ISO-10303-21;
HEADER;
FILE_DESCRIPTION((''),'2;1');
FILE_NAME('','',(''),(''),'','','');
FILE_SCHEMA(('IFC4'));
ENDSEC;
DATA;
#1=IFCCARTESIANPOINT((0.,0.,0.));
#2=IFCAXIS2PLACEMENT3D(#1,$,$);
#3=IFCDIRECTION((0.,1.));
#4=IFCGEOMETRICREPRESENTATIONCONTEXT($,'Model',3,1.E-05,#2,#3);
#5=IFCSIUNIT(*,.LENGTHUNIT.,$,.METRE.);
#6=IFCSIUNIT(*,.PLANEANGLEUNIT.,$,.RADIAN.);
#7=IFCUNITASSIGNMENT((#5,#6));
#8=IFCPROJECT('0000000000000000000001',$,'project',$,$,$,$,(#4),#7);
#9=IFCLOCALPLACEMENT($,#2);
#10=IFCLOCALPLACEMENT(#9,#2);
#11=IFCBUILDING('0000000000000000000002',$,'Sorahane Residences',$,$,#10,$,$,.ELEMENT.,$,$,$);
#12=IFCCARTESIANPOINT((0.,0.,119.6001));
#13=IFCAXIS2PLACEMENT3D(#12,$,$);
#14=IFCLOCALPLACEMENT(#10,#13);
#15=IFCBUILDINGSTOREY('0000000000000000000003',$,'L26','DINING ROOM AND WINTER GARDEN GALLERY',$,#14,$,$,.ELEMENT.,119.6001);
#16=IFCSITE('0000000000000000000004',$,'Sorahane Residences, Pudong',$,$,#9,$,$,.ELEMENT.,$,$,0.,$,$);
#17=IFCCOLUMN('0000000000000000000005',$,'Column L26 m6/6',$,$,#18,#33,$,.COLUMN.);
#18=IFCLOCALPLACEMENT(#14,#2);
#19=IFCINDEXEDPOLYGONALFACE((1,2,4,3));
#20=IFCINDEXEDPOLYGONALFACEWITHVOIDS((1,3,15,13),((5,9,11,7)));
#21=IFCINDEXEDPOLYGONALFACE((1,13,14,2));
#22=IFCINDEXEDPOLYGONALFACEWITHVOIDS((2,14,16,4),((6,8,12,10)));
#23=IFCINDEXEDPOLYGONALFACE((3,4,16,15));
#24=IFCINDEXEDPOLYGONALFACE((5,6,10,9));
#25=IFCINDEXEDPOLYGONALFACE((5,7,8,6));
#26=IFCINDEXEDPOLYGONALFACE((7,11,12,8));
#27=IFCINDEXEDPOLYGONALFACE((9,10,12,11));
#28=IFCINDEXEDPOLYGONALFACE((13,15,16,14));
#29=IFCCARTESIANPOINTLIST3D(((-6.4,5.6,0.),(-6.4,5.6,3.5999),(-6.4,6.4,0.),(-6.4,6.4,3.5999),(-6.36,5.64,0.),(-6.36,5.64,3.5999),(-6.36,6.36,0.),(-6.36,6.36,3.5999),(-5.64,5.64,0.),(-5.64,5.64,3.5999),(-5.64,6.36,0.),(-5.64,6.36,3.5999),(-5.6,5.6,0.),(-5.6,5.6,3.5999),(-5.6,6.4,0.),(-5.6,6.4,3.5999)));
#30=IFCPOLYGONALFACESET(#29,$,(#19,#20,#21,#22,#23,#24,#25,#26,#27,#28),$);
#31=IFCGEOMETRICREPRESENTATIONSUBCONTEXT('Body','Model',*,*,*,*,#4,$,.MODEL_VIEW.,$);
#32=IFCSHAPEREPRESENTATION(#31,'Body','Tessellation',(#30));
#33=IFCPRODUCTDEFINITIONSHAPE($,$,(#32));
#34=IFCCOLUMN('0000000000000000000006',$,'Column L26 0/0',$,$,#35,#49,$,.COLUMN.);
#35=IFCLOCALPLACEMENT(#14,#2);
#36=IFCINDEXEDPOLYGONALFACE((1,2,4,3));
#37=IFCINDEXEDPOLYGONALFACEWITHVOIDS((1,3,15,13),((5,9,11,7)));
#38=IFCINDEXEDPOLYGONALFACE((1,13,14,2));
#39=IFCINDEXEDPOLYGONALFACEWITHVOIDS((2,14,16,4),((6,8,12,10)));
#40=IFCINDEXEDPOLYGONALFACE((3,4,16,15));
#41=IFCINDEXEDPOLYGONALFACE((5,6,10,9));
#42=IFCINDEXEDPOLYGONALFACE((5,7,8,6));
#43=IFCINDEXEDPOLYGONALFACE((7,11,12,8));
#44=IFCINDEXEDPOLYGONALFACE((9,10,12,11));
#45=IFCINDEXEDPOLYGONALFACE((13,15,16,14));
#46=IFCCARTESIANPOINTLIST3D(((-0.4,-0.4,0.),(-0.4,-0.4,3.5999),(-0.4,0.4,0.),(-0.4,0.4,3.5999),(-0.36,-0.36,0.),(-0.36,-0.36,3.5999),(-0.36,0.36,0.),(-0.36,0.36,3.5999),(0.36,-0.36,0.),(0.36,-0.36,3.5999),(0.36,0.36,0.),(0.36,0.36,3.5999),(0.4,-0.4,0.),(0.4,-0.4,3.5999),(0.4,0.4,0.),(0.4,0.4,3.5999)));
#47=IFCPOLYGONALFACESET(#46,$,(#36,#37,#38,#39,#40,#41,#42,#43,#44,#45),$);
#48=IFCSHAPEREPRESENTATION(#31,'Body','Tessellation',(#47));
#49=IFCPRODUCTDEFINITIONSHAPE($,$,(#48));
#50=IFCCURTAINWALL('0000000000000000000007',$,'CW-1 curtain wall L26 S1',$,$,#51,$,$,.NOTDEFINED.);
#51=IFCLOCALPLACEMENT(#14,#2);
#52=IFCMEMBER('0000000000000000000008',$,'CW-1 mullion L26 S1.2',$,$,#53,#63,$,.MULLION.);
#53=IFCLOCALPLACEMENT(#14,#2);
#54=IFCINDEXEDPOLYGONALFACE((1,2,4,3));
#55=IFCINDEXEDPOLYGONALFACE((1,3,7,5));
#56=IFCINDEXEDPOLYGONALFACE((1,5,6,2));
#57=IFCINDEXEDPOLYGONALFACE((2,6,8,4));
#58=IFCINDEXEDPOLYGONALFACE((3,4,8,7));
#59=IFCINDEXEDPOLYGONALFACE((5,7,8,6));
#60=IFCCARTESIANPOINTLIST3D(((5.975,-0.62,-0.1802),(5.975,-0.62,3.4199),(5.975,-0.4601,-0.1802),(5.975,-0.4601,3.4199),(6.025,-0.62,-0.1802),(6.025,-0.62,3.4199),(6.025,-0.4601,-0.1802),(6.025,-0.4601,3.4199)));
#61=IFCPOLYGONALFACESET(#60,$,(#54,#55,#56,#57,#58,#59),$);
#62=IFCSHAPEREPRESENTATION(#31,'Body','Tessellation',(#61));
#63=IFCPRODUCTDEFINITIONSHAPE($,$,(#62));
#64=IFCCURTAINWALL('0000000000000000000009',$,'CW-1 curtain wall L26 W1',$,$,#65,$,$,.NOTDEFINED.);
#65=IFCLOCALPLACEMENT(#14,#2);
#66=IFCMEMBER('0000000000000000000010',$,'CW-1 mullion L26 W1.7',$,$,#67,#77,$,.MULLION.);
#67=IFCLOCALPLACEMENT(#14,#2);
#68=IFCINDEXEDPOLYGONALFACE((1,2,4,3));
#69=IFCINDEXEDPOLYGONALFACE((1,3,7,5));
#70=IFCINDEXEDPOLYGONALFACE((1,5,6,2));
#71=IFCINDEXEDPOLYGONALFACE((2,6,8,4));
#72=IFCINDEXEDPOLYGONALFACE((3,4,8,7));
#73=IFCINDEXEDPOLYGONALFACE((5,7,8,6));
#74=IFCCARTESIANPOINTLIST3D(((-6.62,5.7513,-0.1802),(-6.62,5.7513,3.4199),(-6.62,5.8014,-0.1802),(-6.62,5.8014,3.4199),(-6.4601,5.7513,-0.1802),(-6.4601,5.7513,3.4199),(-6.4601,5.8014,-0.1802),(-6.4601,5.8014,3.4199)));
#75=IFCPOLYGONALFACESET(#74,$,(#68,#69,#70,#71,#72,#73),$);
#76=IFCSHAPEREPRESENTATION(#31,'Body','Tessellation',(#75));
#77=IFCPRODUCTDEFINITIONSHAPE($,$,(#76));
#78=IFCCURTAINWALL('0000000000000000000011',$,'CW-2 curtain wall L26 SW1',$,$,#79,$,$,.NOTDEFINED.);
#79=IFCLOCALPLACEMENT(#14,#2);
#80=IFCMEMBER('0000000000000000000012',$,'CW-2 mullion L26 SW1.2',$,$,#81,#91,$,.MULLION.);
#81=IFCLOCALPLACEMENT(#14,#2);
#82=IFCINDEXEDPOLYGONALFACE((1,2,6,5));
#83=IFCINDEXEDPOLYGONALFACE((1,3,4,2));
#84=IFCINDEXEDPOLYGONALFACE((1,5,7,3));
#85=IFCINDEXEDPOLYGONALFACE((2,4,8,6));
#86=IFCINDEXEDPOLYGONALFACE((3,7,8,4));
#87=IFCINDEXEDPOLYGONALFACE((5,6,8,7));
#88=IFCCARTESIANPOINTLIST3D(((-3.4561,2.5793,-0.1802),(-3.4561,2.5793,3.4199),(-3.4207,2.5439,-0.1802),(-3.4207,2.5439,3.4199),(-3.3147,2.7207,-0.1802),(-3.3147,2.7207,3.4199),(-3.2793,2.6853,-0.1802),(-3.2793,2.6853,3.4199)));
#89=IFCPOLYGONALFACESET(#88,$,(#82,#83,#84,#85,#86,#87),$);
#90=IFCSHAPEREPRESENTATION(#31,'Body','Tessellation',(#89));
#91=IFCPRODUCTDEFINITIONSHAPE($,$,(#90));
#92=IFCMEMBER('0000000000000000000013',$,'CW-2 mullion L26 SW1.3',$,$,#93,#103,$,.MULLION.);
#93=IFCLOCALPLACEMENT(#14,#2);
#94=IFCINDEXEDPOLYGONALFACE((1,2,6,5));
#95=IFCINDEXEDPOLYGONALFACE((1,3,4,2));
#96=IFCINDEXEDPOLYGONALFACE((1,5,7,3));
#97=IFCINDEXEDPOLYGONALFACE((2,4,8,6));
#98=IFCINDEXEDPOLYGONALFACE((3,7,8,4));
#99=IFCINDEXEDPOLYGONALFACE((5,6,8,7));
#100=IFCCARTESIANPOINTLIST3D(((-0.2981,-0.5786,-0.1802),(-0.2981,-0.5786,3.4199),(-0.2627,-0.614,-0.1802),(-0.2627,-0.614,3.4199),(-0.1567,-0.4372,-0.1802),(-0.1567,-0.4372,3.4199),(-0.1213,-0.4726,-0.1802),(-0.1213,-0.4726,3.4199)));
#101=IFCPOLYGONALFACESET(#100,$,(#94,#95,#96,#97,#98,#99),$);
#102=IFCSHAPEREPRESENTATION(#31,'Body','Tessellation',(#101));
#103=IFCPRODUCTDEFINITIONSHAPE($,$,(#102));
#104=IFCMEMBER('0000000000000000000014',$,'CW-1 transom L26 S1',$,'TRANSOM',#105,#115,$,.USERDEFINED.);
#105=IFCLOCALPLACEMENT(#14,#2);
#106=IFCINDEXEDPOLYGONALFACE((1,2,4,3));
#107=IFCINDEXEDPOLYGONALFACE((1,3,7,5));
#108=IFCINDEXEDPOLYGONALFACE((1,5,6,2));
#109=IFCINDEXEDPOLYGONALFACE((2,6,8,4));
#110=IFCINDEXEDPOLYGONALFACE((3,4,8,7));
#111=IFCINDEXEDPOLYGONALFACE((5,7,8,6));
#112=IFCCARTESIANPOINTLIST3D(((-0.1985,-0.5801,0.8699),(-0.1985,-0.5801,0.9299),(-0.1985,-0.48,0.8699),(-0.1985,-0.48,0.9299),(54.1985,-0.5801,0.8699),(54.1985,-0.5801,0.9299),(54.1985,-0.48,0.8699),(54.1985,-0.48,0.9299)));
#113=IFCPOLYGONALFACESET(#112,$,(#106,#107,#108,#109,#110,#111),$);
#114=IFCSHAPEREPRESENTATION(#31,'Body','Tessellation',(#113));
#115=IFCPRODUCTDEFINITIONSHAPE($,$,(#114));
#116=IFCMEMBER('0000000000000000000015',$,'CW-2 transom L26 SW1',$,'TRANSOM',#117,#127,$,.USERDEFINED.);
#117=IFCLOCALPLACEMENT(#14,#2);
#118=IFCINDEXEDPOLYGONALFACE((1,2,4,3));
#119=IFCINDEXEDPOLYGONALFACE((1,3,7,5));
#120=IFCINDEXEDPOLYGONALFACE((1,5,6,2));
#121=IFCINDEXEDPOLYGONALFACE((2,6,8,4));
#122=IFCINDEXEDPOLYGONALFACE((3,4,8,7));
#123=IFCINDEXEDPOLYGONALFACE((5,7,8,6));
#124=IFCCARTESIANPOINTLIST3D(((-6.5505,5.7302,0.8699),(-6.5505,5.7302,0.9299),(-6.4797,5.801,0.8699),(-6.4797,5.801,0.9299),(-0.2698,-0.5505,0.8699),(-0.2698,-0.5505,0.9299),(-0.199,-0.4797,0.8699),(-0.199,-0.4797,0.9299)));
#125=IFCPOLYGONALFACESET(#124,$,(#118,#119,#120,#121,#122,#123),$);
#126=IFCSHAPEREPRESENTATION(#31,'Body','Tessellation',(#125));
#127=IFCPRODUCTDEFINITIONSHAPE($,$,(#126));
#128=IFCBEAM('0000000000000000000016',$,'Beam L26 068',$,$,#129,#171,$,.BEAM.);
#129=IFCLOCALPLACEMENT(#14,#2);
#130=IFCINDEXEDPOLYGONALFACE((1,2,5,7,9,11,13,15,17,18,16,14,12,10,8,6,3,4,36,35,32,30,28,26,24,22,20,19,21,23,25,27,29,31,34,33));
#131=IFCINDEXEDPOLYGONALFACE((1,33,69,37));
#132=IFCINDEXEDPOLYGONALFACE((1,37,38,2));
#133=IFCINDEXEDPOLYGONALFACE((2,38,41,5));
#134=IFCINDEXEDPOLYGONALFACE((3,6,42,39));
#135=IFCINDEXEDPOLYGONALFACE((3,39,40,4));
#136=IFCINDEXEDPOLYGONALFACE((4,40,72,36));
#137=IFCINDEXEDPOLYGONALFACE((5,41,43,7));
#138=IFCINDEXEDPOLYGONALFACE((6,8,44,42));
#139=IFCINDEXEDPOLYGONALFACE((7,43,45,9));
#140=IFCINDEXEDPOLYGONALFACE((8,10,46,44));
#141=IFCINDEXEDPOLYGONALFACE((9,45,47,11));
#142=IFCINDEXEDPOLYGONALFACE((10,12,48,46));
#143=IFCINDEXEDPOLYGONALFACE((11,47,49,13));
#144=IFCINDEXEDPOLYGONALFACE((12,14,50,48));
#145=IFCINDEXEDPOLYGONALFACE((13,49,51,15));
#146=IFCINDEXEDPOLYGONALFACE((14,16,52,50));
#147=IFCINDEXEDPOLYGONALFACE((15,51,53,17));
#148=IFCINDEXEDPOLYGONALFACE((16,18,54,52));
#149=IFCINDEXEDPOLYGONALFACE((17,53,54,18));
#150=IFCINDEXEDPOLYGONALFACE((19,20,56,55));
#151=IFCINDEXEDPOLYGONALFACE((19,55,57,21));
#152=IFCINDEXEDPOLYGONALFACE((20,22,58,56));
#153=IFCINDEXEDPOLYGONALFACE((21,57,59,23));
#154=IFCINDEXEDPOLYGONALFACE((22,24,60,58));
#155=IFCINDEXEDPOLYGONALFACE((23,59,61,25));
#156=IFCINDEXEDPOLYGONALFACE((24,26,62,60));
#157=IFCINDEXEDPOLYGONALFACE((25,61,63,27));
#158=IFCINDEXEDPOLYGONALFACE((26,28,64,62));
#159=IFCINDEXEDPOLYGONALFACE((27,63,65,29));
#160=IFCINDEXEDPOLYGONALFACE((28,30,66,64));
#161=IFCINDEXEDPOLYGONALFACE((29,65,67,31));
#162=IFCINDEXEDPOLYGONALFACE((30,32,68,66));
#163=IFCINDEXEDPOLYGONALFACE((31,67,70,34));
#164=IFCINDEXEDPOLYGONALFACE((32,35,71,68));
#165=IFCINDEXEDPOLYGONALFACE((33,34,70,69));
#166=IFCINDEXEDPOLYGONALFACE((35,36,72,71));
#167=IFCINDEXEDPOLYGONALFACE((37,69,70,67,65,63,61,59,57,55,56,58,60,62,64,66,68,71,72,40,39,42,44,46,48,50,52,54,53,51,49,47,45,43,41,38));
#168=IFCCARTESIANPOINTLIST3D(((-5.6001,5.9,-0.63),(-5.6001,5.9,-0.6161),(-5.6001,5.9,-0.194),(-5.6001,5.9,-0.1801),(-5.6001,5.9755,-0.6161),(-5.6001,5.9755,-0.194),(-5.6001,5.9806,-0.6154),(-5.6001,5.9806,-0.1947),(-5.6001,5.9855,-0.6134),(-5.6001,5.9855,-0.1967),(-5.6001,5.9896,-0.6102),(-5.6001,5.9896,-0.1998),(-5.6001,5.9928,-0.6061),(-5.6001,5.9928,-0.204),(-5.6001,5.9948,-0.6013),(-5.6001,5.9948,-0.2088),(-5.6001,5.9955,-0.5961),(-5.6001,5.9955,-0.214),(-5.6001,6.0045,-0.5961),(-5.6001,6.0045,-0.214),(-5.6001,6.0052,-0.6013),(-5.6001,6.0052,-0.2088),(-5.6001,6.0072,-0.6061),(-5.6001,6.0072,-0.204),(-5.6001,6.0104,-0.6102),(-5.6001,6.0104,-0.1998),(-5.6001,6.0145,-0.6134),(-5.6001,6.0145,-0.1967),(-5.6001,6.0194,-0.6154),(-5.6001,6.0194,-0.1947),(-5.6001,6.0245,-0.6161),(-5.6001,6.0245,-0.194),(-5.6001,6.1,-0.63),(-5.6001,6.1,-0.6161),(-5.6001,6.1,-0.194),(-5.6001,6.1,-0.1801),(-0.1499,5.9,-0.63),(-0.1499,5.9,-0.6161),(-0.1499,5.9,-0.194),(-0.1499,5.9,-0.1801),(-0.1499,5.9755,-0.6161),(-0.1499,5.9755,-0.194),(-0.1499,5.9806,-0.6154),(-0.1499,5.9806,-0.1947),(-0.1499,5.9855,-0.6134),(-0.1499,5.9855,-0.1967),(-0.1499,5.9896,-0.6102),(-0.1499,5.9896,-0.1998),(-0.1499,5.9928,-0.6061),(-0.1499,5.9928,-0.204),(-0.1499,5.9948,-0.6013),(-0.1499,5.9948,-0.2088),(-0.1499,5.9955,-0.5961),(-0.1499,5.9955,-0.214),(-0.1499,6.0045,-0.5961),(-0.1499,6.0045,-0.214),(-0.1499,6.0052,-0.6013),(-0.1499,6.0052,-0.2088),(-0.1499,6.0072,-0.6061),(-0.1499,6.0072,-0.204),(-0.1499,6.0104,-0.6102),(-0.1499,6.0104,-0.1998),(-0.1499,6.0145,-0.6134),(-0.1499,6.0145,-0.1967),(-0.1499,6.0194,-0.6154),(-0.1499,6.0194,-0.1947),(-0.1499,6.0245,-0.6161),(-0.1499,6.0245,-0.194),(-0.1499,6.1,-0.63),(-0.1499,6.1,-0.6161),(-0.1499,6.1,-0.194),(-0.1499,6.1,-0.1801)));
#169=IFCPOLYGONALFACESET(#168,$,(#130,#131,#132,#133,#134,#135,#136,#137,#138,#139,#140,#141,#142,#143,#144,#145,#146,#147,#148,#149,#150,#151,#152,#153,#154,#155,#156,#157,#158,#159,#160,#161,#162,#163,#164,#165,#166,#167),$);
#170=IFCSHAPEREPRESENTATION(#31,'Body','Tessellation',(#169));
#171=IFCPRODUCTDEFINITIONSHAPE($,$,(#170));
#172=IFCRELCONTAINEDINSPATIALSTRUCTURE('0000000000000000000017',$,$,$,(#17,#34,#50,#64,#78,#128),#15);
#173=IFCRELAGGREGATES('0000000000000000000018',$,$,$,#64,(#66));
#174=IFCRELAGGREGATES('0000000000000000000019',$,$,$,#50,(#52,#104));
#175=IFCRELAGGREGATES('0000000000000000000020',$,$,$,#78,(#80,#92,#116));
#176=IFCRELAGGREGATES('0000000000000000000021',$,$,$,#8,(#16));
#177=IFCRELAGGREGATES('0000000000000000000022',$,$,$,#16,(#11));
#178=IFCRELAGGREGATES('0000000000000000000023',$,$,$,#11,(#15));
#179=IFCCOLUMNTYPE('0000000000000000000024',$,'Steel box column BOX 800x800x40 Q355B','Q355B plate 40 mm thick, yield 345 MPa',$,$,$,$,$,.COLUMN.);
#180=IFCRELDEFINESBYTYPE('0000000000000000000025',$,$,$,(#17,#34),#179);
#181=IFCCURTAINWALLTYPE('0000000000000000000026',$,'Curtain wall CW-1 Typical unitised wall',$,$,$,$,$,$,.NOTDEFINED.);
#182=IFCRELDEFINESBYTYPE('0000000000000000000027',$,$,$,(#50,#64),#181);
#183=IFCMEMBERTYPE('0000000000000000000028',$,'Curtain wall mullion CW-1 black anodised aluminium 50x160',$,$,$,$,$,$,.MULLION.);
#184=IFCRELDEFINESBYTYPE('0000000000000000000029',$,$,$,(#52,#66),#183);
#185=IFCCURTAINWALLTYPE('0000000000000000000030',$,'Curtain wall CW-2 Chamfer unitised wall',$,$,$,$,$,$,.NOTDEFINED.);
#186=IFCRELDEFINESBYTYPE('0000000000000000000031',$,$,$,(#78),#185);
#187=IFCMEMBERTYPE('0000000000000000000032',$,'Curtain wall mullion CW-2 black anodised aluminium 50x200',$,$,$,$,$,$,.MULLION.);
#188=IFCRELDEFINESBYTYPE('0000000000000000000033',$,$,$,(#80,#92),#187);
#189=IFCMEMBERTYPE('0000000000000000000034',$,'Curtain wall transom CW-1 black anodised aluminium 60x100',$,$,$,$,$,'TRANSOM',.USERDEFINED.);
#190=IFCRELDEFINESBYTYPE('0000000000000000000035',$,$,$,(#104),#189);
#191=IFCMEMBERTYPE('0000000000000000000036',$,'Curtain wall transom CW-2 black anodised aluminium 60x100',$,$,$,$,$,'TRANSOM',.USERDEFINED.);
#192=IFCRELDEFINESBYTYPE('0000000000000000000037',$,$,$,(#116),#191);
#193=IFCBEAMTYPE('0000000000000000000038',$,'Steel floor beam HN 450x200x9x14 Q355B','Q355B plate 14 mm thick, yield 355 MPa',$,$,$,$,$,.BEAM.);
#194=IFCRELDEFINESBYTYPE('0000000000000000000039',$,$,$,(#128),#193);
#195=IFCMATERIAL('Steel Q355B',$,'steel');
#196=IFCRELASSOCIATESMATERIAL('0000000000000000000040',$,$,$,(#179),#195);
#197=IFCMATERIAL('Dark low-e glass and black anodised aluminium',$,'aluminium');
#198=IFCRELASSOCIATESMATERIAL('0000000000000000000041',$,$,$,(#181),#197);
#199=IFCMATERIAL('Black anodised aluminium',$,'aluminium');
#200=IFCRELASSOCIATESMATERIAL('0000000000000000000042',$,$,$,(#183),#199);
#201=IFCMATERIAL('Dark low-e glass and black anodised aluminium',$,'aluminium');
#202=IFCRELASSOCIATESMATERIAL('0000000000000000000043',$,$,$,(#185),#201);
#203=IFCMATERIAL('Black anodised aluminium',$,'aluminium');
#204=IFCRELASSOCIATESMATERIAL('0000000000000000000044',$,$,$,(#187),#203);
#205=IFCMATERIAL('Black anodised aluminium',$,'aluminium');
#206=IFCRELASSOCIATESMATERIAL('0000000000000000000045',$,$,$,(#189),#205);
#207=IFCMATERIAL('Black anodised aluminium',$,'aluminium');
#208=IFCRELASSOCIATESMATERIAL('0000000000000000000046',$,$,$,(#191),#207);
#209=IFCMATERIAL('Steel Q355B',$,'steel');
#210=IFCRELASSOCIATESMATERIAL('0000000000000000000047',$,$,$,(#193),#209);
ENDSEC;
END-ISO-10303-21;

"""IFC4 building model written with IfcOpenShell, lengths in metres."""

from ifc_helpers import new_model, si_unit, direction, frame, origin, origin_2d, place, context, subcontext, project, spatial, rectangle, hollow_rectangle, i_section, extrude, material, material_profile, profile_set, type_object, element, aggregate, save


model = new_model("IFC4")

# Units and contexts
model_context = context("Model", 3, precision=1e-05, world=origin(), true_north=direction((0.0, 1.0)))
body_context = subcontext(model_context, "Body", "Model", "MODEL_VIEW")
ifc_project = project(units=[si_unit("LENGTHUNIT", "METRE"), si_unit("PLANEANGLEUNIT", "RADIAN")], contexts=[model_context])

# Site, building, storey
site_placement = place(None, origin())
site = spatial("IfcSite", under=ifc_project, at=site_placement, Name="Sorahane Residences, Pudong", CompositionType="ELEMENT", RefElevation=0.0)
building_placement = place(site_placement, origin())
building = spatial("IfcBuilding", under=site, at=building_placement, Name="Sorahane Residences", CompositionType="ELEMENT")
storey_placement = place(building_placement, frame((0.0, 0.0, 119.6001)))
storey = spatial("IfcBuildingStorey", under=building, at=storey_placement, Name="L26", Description="DINING ROOM AND WINTER GARDEN GALLERY", CompositionType="ELEMENT", Elevation=119.6001)

# Columns
ifc_material_1 = material(Name="Steel Q355B", Category="steel")
ifc_material_profile_1 = material_profile(ifc_material_1, hollow_rectangle(XDim=0.8, YDim=0.8, WallThickness=0.04, at=origin_2d()), Name="BOX 800x800x40")
ifc_profile_set_1 = profile_set([ifc_material_profile_1], Name="Steel Q355B")
column_type = type_object("IfcColumnType", Name="Steel box column BOX 800x800x40 Q355B", Description="Q355B plate 40 mm thick, yield 345 MPa", PredefinedType="COLUMN", material=ifc_profile_set_1)
for number, where, z_axis, x_axis, name in (
    (1, (-6.0, 6.0, 0.0), (0.0, 0.0, 1.0), (1.0, 0.0, 0.0), "Column L26 m6/6"),
    (2, (0.0, 0.0, 0.0), (0.0, 0.0, 1.0), (1.0, 0.0, 0.0), "Column L26 0/0"),
):
    element("IfcColumn", number, at=place(storey_placement, frame(where, z_axis=z_axis, x_axis=x_axis)), inside=storey, type_object=column_type, Name=name, PredefinedType="COLUMN", context=body_context, shape_type="SweptSolid", body=[
        extrude(hollow_rectangle(XDim=0.8, YDim=0.8, WallThickness=0.04, at=origin_2d()), origin(), (0.0, 0.0, 1.0), 3.5999),
    ])

# Curtain walls, members
ifc_material_2 = material(Name="Dark low-e glass and black anodised aluminium", Category="aluminium")
curtain_wall_type_1 = type_object("IfcCurtainWallType", Name="Curtain wall CW-1 Typical unitised wall", PredefinedType="NOTDEFINED", material=ifc_material_2)
curtain_wall_1_placement = place(storey_placement, origin())
curtain_wall_1 = element("IfcCurtainWall", 3, at=curtain_wall_1_placement, inside=storey, type_object=curtain_wall_type_1, Name="CW-1 curtain wall L26 S1", PredefinedType="NOTDEFINED")
ifc_material_3 = material(Name="Black anodised aluminium", Category="aluminium")
ifc_material_profile_2 = material_profile(ifc_material_3, rectangle(XDim=0.1599, YDim=0.05, at=origin_2d()), Name="Curtain wall mullion CW-1 black anodised aluminium 50x160")
ifc_profile_set_2 = profile_set([ifc_material_profile_2], Name="Black anodised aluminium")
member_type_1 = type_object("IfcMemberType", Name="Curtain wall mullion CW-1 black anodised aluminium 50x160", PredefinedType="MULLION", material=ifc_profile_set_2)
member_1_placement = place(storey_placement, frame((6.0, -0.54, -0.1802), z_axis=(0.0, 0.0, 1.0), x_axis=(0.0, -1.0, 0.0)))
member_1 = element("IfcMember", 4, at=member_1_placement, type_object=member_type_1, Name="CW-1 mullion L26 S1.2", PredefinedType="MULLION", context=body_context, shape_type="SweptSolid", body=[
    extrude(rectangle(XDim=0.1599, YDim=0.05, at=origin_2d()), origin(), (0.0, 0.0, 1.0), 3.6001),
])
curtain_wall_2_placement = place(storey_placement, origin())
curtain_wall_2 = element("IfcCurtainWall", 5, at=curtain_wall_2_placement, inside=storey, type_object=curtain_wall_type_1, Name="CW-1 curtain wall L26 W1", PredefinedType="NOTDEFINED")
member_2_placement = place(storey_placement, frame((-6.54, 5.7764, -0.1802), z_axis=(0.0, 0.0, 1.0), x_axis=(-1.0, 0.0, 0.0)))
member_2 = element("IfcMember", 6, at=member_2_placement, type_object=member_type_1, Name="CW-1 mullion L26 W1.7", PredefinedType="MULLION", context=body_context, shape_type="SweptSolid", body=[
    extrude(rectangle(XDim=0.1599, YDim=0.05, at=origin_2d()), origin(), (0.0, 0.0, 1.0), 3.6001),
])
aggregate(curtain_wall_2, [member_2])

# Curtain wall, members
ifc_material_4 = material(Name="Dark low-e glass and black anodised aluminium", Category="aluminium")
curtain_wall_type_2 = type_object("IfcCurtainWallType", Name="Curtain wall CW-2 Chamfer unitised wall", PredefinedType="NOTDEFINED", material=ifc_material_4)
curtain_wall_3_placement = place(storey_placement, origin())
curtain_wall_3 = element("IfcCurtainWall", 7, at=curtain_wall_3_placement, inside=storey, type_object=curtain_wall_type_2, Name="CW-2 curtain wall L26 SW1", PredefinedType="NOTDEFINED")
ifc_material_5 = material(Name="Black anodised aluminium", Category="aluminium")
ifc_material_profile_3 = material_profile(ifc_material_5, rectangle(XDim=0.2, YDim=0.05, at=origin_2d()), Name="Curtain wall mullion CW-2 black anodised aluminium 50x200")
ifc_profile_set_3 = profile_set([ifc_material_profile_3], Name="Black anodised aluminium")
member_type_2 = type_object("IfcMemberType", Name="Curtain wall mullion CW-2 black anodised aluminium 50x200", PredefinedType="MULLION", material=ifc_profile_set_3)
member_3_placement = place(storey_placement, frame((-3.3677, 2.6323, -0.1802), z_axis=(0.0, 0.0, 1.0), x_axis=(-0.707107, -0.707107, 0.0)))
member_3 = element("IfcMember", 8, at=member_3_placement, type_object=member_type_2, Name="CW-2 mullion L26 SW1.2", PredefinedType="MULLION", context=body_context, shape_type="SweptSolid", body=[
    extrude(rectangle(XDim=0.2, YDim=0.05, at=origin_2d()), origin(), (0.0, 0.0, 1.0), 3.6001),
])
member_4_placement = place(storey_placement, frame((-0.2097, -0.5256, -0.1802), z_axis=(0.0, 0.0, 1.0), x_axis=(-0.707107, -0.707107, 0.0)))
member_4 = element("IfcMember", 9, at=member_4_placement, type_object=member_type_2, Name="CW-2 mullion L26 SW1.3", PredefinedType="MULLION", context=body_context, shape_type="SweptSolid", body=[
    extrude(rectangle(XDim=0.2, YDim=0.05, at=origin_2d()), origin(), (0.0, 0.0, 1.0), 3.6001),
])

# Members
ifc_material_6 = material(Name="Black anodised aluminium", Category="aluminium")
ifc_material_profile_4 = material_profile(ifc_material_6, rectangle(XDim=0.1001, YDim=0.0601, at=origin_2d()), Name="Curtain wall transom CW-1 black anodised aluminium 60x100")
ifc_profile_set_4 = profile_set([ifc_material_profile_4], Name="Black anodised aluminium")
member_type_3 = type_object("IfcMemberType", Name="Curtain wall transom CW-1 black anodised aluminium 60x100", ElementType="TRANSOM", PredefinedType="USERDEFINED", material=ifc_profile_set_4)
member_5_placement = place(storey_placement, frame((-0.1985, -0.53, 0.8999), z_axis=(1.0, 0.0, 0.0), x_axis=(0.0, 1.0, 0.0)))
member_5 = element("IfcMember", 10, at=member_5_placement, type_object=member_type_3, Name="CW-1 transom L26 S1", ObjectType="TRANSOM", PredefinedType="USERDEFINED", context=body_context, shape_type="SweptSolid", body=[
    extrude(rectangle(XDim=0.1001, YDim=0.0601, at=origin_2d()), origin(), (0.0, 0.0, 1.0), 54.397),
])
ifc_material_7 = material(Name="Black anodised aluminium", Category="aluminium")
ifc_material_profile_5 = material_profile(ifc_material_7, rectangle(XDim=0.1001, YDim=0.0601, at=origin_2d()), Name="Curtain wall transom CW-2 black anodised aluminium 60x100")
ifc_profile_set_5 = profile_set([ifc_material_profile_5], Name="Black anodised aluminium")
member_type_4 = type_object("IfcMemberType", Name="Curtain wall transom CW-2 black anodised aluminium 60x100", ElementType="TRANSOM", PredefinedType="USERDEFINED", material=ifc_profile_set_5)
member_6_placement = place(storey_placement, frame((-6.5151, 5.7656, 0.8999), z_axis=(0.707107, -0.707107, 0.0), x_axis=(0.707107, 0.707107, 0.0)))
member_6 = element("IfcMember", 11, at=member_6_placement, type_object=member_type_4, Name="CW-2 transom L26 SW1", ObjectType="TRANSOM", PredefinedType="USERDEFINED", context=body_context, shape_type="SweptSolid", body=[
    extrude(rectangle(XDim=0.1001, YDim=0.0601, at=origin_2d()), origin(), (0.0, 0.0, 1.0), 8.8823),
])

# Beam
ifc_material_8 = material(Name="Steel Q355B", Category="steel")
ifc_material_profile_6 = material_profile(ifc_material_8, i_section(OverallWidth=0.2, OverallDepth=0.45, WebThickness=0.009, FlangeThickness=0.0139, FilletRadius=0.02, at=origin_2d()), Name="HN 450x200x9x14")
ifc_profile_set_6 = profile_set([ifc_material_profile_6], Name="Steel Q355B")
beam_type_1 = type_object("IfcBeamType", Name="Steel floor beam HN 450x200x9x14 Q355B", Description="Q355B plate 14 mm thick, yield 355 MPa", PredefinedType="BEAM", material=ifc_profile_set_6)
beam_1_placement = place(storey_placement, frame((-5.6001, 6.0, -0.405), z_axis=(1.0, 0.0, 0.0), x_axis=(0.0, 1.0, 0.0)))
element("IfcBeam", 12, at=beam_1_placement, inside=storey, type_object=beam_type_1, Name="Beam L26 068", PredefinedType="BEAM", context=body_context, shape_type="SweptSolid", body=[
    extrude(i_section(OverallWidth=0.2, OverallDepth=0.45, WebThickness=0.009, FlangeThickness=0.0139, FilletRadius=0.02, at=origin_2d()), origin(), (0.0, 0.0, 1.0), 5.4502),
])

aggregate(curtain_wall_1, [member_1, member_5])
aggregate(curtain_wall_3, [member_3, member_4, member_6])

save(model, "model.ifc")
